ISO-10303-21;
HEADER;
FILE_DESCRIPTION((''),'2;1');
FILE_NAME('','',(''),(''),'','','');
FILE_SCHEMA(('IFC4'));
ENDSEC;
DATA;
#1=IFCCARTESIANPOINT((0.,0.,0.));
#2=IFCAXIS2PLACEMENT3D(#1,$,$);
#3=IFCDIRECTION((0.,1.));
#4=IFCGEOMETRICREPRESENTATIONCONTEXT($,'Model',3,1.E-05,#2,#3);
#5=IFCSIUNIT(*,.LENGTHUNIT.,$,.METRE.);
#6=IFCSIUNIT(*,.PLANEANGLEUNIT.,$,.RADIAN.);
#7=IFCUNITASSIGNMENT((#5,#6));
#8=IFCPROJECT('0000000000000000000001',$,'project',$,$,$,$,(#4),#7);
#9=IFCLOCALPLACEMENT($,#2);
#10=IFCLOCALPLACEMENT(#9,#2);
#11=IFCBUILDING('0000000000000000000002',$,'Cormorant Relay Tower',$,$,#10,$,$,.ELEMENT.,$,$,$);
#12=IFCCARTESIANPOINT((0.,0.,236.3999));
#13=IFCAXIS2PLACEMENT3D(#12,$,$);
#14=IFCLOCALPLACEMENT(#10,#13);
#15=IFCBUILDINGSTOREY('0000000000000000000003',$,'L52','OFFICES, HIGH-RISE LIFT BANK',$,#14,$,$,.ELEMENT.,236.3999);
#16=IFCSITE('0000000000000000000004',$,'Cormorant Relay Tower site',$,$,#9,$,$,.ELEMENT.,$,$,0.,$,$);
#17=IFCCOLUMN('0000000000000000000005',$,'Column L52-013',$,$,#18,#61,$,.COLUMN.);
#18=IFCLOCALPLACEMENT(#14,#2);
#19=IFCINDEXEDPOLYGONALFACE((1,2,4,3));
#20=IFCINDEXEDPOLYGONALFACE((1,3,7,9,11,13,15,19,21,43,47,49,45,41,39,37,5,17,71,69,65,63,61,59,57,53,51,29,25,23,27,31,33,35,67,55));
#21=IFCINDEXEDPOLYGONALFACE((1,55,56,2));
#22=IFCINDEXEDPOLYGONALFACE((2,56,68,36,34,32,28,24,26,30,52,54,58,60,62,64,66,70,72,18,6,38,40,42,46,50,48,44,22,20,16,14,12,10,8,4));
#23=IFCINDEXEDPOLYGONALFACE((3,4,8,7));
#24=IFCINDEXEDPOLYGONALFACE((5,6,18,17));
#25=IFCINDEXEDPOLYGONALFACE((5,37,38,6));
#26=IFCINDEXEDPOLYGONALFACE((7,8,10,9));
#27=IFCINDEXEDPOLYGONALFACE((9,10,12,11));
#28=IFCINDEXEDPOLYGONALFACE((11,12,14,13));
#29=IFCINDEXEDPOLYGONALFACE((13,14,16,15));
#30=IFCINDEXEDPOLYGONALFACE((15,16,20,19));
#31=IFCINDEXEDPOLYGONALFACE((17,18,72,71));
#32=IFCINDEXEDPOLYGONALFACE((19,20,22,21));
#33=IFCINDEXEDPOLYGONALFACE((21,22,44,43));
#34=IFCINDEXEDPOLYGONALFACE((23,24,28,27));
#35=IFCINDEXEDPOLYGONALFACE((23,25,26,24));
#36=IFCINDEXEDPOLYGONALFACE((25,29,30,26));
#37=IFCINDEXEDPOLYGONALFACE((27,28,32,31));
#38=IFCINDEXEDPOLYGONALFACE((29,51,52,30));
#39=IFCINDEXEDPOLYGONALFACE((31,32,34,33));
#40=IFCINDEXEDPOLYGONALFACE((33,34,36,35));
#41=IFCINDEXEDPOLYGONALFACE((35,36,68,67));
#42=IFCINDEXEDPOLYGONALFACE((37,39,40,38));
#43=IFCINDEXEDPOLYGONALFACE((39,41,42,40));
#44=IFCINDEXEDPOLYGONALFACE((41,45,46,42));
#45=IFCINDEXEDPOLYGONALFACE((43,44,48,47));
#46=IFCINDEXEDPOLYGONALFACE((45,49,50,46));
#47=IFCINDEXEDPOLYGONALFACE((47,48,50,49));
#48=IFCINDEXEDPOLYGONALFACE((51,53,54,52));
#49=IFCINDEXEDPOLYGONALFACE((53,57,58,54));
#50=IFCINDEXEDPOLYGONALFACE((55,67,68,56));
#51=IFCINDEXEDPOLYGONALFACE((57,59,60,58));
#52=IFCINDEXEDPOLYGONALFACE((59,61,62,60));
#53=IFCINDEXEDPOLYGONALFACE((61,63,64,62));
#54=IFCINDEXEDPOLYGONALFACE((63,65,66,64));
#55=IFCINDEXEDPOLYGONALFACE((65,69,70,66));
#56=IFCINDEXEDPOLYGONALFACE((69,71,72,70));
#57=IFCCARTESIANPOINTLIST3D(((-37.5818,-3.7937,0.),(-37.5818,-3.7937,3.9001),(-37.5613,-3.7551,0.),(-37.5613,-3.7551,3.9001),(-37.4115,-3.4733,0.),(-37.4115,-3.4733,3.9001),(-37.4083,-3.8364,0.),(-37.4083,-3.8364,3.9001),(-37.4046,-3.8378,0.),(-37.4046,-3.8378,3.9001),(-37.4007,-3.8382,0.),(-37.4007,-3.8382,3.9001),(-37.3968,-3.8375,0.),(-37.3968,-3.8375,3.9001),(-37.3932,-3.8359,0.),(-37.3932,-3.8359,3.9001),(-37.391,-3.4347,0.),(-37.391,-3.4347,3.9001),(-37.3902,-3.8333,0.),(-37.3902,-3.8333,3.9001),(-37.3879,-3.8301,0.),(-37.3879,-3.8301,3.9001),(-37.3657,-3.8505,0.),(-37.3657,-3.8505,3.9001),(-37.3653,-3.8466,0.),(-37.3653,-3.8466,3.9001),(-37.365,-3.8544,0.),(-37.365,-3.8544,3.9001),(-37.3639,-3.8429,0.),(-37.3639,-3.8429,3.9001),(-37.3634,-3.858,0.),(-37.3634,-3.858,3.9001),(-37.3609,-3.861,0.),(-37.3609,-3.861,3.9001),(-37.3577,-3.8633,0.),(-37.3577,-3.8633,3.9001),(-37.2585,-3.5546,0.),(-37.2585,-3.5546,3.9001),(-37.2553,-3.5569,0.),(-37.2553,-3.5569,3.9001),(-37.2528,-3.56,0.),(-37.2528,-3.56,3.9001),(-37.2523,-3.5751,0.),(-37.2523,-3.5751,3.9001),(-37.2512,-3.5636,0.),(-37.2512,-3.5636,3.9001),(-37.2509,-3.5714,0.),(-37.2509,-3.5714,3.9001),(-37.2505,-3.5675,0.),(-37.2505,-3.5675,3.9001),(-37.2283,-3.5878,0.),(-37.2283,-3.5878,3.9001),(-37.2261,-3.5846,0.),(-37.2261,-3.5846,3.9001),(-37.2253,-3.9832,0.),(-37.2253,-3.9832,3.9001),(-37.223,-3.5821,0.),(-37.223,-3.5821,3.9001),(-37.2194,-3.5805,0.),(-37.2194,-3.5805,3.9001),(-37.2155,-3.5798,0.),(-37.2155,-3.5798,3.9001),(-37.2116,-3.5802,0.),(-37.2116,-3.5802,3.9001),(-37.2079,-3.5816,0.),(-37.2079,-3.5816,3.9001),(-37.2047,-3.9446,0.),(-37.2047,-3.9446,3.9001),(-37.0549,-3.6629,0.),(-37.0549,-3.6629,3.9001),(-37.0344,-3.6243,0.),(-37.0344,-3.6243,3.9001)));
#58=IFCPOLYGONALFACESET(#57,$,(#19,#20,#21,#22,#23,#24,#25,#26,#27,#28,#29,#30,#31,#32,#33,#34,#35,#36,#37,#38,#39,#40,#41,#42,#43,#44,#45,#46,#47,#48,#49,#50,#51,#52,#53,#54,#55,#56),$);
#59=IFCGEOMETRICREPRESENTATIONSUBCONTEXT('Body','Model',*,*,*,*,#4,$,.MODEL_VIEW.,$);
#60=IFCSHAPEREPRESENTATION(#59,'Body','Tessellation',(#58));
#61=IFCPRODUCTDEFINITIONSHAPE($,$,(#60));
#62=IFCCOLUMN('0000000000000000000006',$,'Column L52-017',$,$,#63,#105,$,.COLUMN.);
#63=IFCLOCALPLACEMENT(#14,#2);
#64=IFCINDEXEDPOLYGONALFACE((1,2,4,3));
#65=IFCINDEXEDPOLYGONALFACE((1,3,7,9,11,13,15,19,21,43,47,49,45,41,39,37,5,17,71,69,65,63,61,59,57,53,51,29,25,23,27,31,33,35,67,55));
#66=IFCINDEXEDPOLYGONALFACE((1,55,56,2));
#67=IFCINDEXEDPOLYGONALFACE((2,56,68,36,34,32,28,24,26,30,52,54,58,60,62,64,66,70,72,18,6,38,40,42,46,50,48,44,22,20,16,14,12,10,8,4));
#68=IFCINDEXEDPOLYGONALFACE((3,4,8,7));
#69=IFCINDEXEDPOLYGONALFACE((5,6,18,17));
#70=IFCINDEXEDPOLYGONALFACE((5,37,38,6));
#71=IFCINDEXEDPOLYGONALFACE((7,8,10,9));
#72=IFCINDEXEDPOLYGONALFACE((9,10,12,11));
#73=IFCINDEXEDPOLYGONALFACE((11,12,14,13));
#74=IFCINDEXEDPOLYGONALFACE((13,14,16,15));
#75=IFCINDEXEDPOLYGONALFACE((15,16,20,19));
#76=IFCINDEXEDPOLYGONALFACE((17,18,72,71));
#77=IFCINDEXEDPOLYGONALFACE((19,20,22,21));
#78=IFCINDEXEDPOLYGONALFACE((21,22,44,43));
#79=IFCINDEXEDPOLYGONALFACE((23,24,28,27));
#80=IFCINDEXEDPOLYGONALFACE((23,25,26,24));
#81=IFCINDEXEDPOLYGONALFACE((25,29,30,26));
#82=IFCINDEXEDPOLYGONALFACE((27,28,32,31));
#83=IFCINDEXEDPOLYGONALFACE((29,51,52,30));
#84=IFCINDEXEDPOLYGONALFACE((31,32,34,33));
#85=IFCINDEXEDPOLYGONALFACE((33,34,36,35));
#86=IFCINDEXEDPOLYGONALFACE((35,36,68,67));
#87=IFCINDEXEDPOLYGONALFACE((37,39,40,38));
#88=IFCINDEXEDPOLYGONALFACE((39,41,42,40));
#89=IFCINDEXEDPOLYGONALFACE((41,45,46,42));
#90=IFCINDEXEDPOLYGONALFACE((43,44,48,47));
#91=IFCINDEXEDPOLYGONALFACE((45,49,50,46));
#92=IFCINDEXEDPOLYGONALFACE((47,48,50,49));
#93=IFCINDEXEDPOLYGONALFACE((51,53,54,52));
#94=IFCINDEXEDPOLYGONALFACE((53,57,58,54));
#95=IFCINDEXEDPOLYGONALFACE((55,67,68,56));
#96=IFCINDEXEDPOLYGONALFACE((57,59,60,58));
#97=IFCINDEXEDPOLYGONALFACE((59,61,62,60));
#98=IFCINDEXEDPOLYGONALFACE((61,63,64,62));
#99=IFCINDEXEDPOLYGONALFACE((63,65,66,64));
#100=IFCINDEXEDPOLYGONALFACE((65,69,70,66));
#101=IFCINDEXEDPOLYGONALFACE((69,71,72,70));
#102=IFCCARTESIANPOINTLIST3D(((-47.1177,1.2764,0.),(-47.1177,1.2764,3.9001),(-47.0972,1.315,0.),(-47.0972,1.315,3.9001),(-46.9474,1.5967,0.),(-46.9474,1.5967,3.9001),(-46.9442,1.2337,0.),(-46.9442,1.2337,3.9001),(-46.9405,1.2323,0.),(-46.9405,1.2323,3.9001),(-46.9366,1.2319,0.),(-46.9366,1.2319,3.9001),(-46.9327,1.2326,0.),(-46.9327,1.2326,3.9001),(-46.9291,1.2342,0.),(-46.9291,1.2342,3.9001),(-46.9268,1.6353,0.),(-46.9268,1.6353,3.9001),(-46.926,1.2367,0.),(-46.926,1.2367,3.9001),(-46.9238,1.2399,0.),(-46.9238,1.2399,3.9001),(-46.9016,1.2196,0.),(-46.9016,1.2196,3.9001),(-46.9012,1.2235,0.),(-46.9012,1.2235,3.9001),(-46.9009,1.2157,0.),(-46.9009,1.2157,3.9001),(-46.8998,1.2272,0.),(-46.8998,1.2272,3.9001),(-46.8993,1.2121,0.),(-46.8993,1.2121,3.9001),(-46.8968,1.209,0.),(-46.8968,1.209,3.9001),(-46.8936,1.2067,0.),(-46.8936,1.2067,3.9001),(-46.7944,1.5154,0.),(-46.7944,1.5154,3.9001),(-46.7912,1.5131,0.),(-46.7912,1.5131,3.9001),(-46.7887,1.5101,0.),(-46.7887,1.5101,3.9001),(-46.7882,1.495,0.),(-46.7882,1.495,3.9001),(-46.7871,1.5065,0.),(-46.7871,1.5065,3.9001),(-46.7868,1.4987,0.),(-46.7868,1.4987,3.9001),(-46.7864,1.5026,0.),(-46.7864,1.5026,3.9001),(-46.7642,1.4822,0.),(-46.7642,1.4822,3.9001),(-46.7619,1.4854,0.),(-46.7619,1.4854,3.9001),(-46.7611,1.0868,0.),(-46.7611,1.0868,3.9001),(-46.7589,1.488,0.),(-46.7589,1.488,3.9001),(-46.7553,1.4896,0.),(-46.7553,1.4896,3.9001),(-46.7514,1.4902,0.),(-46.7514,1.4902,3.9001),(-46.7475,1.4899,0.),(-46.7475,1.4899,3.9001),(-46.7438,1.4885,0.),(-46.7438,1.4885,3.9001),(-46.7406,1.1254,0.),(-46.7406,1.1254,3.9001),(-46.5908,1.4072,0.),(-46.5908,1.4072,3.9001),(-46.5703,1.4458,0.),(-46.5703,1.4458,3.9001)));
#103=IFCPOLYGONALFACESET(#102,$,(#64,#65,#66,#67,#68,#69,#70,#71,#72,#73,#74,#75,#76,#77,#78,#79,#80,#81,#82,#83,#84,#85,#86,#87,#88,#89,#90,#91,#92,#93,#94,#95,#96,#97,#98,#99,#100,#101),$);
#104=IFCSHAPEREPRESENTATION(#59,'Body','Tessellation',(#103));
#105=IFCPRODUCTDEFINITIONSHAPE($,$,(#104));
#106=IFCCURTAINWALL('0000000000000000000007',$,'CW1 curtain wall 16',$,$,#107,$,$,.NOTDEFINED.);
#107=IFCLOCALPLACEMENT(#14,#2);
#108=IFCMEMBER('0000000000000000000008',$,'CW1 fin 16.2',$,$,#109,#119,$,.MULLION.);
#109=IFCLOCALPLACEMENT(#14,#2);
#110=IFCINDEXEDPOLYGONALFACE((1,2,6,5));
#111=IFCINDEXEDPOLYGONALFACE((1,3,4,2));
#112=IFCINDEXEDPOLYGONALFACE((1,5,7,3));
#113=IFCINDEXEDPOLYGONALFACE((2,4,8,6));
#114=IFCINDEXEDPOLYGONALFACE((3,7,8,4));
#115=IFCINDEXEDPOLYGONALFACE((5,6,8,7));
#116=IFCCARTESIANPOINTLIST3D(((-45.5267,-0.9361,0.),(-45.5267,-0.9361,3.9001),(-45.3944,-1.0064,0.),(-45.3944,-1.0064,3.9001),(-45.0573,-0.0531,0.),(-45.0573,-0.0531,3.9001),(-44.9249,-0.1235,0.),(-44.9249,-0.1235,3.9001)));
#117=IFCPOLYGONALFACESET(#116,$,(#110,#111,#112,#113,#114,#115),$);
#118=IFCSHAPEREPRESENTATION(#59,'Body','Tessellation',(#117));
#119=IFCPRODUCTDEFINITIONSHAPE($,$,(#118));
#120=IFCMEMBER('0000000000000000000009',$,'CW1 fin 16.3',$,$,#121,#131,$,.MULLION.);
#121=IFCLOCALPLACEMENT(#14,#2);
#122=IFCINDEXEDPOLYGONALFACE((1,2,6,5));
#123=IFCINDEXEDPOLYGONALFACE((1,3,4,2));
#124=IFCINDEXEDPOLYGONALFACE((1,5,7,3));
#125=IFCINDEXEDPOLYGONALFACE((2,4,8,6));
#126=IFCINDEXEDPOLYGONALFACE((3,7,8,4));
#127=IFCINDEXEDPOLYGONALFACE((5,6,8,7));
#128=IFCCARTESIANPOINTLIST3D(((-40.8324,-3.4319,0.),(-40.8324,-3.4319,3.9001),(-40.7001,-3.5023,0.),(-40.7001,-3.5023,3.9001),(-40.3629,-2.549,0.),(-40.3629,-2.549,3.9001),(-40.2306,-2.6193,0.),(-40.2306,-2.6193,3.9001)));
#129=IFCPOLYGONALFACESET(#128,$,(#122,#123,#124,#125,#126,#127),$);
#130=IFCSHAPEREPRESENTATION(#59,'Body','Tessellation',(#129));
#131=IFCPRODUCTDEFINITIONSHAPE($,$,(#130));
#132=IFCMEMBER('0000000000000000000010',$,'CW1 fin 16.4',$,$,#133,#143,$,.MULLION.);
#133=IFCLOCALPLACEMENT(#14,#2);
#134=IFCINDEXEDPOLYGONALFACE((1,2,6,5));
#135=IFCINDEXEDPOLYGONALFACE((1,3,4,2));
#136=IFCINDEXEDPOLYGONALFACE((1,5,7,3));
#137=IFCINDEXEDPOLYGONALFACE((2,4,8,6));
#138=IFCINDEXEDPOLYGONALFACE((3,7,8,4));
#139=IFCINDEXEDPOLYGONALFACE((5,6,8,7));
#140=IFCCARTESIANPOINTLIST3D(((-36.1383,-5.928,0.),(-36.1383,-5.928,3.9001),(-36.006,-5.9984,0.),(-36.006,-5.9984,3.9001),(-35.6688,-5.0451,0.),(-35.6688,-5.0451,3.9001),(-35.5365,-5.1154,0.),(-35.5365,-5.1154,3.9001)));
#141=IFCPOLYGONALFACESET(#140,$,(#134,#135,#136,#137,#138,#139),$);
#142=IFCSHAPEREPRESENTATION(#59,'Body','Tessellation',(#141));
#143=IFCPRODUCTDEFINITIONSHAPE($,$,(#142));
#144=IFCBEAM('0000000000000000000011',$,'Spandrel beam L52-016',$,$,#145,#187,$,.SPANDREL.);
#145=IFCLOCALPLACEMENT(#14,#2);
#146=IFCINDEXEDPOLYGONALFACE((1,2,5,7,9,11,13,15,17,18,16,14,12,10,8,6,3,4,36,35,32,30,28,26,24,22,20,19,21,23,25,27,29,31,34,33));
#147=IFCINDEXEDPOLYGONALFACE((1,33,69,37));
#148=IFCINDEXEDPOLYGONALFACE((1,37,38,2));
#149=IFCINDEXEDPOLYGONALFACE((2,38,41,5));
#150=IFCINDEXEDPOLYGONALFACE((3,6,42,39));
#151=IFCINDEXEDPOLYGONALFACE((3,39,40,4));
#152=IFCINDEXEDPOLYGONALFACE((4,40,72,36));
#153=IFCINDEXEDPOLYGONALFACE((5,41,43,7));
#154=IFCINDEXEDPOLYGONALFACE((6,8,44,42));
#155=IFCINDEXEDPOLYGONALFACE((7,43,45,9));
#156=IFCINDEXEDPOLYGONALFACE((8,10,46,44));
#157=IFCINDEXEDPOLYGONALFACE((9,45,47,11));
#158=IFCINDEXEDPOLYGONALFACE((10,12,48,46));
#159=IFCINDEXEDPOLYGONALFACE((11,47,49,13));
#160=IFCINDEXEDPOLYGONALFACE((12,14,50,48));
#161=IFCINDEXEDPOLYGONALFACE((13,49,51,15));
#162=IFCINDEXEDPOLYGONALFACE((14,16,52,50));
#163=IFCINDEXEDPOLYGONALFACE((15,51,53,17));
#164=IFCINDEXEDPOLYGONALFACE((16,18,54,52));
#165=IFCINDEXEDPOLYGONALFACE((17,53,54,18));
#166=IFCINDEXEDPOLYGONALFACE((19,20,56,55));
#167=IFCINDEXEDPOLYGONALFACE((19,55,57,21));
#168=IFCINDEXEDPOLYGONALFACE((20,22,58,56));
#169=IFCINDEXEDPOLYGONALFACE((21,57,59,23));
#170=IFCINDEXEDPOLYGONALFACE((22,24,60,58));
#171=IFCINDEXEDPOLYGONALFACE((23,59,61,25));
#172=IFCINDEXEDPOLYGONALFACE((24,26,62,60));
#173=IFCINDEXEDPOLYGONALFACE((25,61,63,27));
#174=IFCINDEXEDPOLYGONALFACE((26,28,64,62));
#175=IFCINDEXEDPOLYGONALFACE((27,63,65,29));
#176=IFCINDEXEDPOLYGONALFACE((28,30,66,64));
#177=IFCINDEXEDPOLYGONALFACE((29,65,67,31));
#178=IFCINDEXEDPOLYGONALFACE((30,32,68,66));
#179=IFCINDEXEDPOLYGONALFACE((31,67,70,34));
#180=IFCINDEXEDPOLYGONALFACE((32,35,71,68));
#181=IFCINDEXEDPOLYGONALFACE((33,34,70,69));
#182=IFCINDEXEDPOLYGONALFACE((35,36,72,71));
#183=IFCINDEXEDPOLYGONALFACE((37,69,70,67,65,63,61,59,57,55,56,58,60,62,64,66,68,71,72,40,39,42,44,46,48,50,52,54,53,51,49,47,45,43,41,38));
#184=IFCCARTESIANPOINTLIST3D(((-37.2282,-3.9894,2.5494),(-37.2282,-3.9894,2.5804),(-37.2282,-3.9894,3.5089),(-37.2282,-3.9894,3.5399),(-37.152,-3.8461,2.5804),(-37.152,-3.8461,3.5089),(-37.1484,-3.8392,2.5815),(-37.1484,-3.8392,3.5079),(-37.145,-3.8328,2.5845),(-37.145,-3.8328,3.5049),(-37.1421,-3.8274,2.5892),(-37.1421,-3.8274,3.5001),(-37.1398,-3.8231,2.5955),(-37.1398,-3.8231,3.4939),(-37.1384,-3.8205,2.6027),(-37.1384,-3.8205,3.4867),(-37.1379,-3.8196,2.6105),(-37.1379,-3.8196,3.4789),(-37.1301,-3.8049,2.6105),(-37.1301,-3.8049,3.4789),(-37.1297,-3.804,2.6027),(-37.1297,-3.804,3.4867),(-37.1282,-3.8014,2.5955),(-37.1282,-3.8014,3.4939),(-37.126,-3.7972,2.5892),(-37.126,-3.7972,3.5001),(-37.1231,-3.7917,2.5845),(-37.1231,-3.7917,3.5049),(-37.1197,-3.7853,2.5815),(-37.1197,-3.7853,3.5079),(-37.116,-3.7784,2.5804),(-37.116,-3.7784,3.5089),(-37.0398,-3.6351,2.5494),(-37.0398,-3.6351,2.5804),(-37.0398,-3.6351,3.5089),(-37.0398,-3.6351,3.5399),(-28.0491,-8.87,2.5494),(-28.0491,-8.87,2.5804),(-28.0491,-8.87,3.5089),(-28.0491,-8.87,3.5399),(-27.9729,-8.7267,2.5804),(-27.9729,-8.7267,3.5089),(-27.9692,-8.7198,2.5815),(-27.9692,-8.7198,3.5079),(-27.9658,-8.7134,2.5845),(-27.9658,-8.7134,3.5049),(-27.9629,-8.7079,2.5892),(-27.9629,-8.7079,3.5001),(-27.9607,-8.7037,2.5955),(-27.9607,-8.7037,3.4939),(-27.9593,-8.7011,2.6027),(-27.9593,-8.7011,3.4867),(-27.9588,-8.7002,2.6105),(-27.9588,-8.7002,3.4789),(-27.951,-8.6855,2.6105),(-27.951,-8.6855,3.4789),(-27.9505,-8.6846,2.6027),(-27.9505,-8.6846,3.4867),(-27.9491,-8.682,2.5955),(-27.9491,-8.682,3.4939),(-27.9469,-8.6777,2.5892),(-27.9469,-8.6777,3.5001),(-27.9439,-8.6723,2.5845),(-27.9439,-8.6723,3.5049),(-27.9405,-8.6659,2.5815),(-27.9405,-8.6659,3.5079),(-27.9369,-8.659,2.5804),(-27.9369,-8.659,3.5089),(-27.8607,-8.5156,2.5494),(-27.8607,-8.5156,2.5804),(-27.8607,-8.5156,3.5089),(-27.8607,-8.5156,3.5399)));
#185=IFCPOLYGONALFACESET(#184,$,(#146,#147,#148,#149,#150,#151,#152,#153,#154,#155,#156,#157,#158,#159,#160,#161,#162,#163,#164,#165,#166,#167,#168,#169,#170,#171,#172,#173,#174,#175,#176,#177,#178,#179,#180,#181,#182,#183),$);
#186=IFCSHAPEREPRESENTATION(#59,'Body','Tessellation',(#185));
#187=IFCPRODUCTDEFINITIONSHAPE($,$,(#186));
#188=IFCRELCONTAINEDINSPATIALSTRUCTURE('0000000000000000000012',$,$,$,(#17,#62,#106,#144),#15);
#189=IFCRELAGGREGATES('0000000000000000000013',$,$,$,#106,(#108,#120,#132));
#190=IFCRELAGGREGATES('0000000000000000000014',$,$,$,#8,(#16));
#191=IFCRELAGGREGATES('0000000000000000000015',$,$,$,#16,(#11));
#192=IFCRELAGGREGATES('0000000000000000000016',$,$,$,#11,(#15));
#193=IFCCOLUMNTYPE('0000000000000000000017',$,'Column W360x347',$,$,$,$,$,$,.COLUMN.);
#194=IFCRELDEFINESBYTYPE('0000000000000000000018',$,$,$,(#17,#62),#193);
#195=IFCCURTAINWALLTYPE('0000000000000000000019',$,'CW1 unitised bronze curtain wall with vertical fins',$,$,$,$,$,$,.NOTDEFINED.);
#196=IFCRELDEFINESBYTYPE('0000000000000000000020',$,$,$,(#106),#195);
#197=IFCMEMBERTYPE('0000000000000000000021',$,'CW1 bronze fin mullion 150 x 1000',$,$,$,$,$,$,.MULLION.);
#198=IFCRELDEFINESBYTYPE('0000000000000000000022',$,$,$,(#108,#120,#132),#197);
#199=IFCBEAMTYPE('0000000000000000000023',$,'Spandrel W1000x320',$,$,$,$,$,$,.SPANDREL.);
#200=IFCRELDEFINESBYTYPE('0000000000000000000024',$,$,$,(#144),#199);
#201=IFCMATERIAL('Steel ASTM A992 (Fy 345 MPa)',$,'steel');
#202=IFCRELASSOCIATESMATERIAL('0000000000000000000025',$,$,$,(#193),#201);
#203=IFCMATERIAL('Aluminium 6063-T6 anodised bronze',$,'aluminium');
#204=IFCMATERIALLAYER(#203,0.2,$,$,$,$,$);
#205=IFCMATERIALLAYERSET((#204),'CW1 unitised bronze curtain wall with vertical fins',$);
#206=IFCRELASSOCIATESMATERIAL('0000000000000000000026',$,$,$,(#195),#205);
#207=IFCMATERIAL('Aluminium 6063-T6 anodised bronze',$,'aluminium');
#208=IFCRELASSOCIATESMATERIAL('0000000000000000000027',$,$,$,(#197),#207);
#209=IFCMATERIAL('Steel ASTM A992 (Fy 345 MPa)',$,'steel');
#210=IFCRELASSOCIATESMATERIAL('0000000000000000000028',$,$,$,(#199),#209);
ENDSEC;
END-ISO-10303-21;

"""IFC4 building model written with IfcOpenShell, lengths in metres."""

from ifc_helpers import new_model, si_unit, direction, frame, origin, origin_2d, place, context, subcontext, project, spatial, rectangle, i_section, extrude, material, layer, layer_set, material_profile, profile_set, type_object, element, aggregate, save


model = new_model("IFC4")

# Units and contexts
model_context = context("Model", 3, precision=1e-05, world=origin(), true_north=direction((0.0, 1.0)))
body_context = subcontext(model_context, "Body", "Model", "MODEL_VIEW")
ifc_project = project(units=[si_unit("LENGTHUNIT", "METRE"), si_unit("PLANEANGLEUNIT", "RADIAN")], contexts=[model_context])

# Site, building, storey
site_placement = place(None, origin())
site = spatial("IfcSite", under=ifc_project, at=site_placement, Name="Cormorant Relay Tower site", CompositionType="ELEMENT", RefElevation=0.0)
building_placement = place(site_placement, origin())
building = spatial("IfcBuilding", under=site, at=building_placement, Name="Cormorant Relay Tower", CompositionType="ELEMENT")
storey_placement = place(building_placement, frame((0.0, 0.0, 236.3999)))
storey = spatial("IfcBuildingStorey", under=building, at=storey_placement, Name="L52", Description="OFFICES, HIGH-RISE LIFT BANK", CompositionType="ELEMENT", Elevation=236.3999)

# Columns
ifc_material_1 = material(Name="Steel ASTM A992 (Fy 345 MPa)", Category="steel")
ifc_material_profile_1 = material_profile(ifc_material_1, i_section(OverallWidth=0.4038, OverallDepth=0.4065, WebThickness=0.0271, FlangeThickness=0.0437, FilletRadius=0.0151, at=origin_2d()), Name="W360x347")
ifc_profile_set_1 = profile_set([ifc_material_profile_1], Name="Steel ASTM A992 (Fy 345 MPa)")
column_type = type_object("IfcColumnType", Name="Column W360x347", PredefinedType="COLUMN", material=ifc_profile_set_1)
for number, where, z_axis, x_axis, name in (
    (1, (-37.3081, -3.709, 0.0), (0.0, 0.0, 1.0), (0.882948, -0.469472, 0.0), "Column L52-013"),
    (2, (-46.844, 1.3611, 0.0), (0.0, 0.0, 1.0), (0.882948, -0.469472, 0.0), "Column L52-017"),
):
    element("IfcColumn", number, at=place(storey_placement, frame(where, z_axis=z_axis, x_axis=x_axis)), inside=storey, type_object=column_type, Name=name, PredefinedType="COLUMN", context=body_context, shape_type="SweptSolid", body=[
        extrude(i_section(OverallWidth=0.4038, OverallDepth=0.4065, WebThickness=0.0271, FlangeThickness=0.0437, FilletRadius=0.0151, at=origin_2d()), origin(), (0.0, 0.0, 1.0), 3.9001),
    ])

# Curtain wall, members
ifc_material_2 = material(Name="Aluminium 6063-T6 anodised bronze", Category="aluminium")
ifc_layer_1 = layer(ifc_material_2, 0.2)
ifc_layer_set_1 = layer_set([ifc_layer_1], Name="CW1 unitised bronze curtain wall with vertical fins")
curtain_wall_type = type_object("IfcCurtainWallType", Name="CW1 unitised bronze curtain wall with vertical fins", PredefinedType="NOTDEFINED", material=ifc_layer_set_1)
curtain_wall_placement = place(storey_placement, origin())
curtain_wall = element("IfcCurtainWall", 3, at=curtain_wall_placement, inside=storey, type_object=curtain_wall_type, Name="CW1 curtain wall 16", PredefinedType="NOTDEFINED")
ifc_material_3 = material(Name="Aluminium 6063-T6 anodised bronze", Category="aluminium")
ifc_material_profile_2 = material_profile(ifc_material_3, rectangle(XDim=0.1499, YDim=1.0, at=origin_2d()), Name="AL 150x1000")
ifc_profile_set_2 = profile_set([ifc_material_profile_2], Name="Aluminium 6063-T6 anodised bronze")
member_type = type_object("IfcMemberType", Name="CW1 bronze fin mullion 150 x 1000", PredefinedType="MULLION", material=ifc_profile_set_2)
member_1_placement = place(storey_placement, frame((-45.2258, -0.5298, 0.0), z_axis=(0.0, 0.0, 1.0), x_axis=(0.882948, -0.469472, 0.0)))
member_1 = element("IfcMember", 4, at=member_1_placement, type_object=member_type, Name="CW1 fin 16.2", PredefinedType="MULLION", context=body_context, shape_type="SweptSolid", body=[
    extrude(rectangle(XDim=0.1499, YDim=1.0, at=origin_2d()), origin(), (0.0, 0.0, 1.0), 3.9001),
])
member_2_placement = place(storey_placement, frame((-40.5315, -3.0256, 0.0), z_axis=(0.0, 0.0, 1.0), x_axis=(0.882948, -0.469472, 0.0)))
member_2 = element("IfcMember", 5, at=member_2_placement, type_object=member_type, Name="CW1 fin 16.3", PredefinedType="MULLION", context=body_context, shape_type="SweptSolid", body=[
    extrude(rectangle(XDim=0.1499, YDim=1.0, at=origin_2d()), origin(), (0.0, 0.0, 1.0), 3.9001),
])
member_3_placement = place(storey_placement, frame((-35.8374, -5.5217, 0.0), z_axis=(0.0, 0.0, 1.0), x_axis=(0.882948, -0.469472, 0.0)))
member_3 = element("IfcMember", 6, at=member_3_placement, type_object=member_type, Name="CW1 fin 16.4", PredefinedType="MULLION", context=body_context, shape_type="SweptSolid", body=[
    extrude(rectangle(XDim=0.1499, YDim=1.0, at=origin_2d()), origin(), (0.0, 0.0, 1.0), 3.9001),
])

# Beam
ifc_material_4 = material(Name="Steel ASTM A992 (Fy 345 MPa)", Category="steel")
ifc_material_profile_3 = material_profile(ifc_material_4, i_section(OverallWidth=0.4014, OverallDepth=0.9905, WebThickness=0.0166, FlangeThickness=0.031, FilletRadius=0.03, at=origin_2d()), Name="W1000x320")
ifc_profile_set_3 = profile_set([ifc_material_profile_3], Name="Steel ASTM A992 (Fy 345 MPa)")
beam_type_1 = type_object("IfcBeamType", Name="Spandrel W1000x320", PredefinedType="SPANDREL", material=ifc_profile_set_3)
beam_1_placement = place(storey_placement, frame((-37.134, -3.8123, 3.0447), z_axis=(0.88295, -0.469468, 0.0), x_axis=(0.469468, 0.88295, 0.0)))
element("IfcBeam", 7, at=beam_1_placement, inside=storey, type_object=beam_type_1, Name="Spandrel beam L52-016", PredefinedType="SPANDREL", context=body_context, shape_type="SweptSolid", body=[
    extrude(i_section(OverallWidth=0.4014, OverallDepth=0.9905, WebThickness=0.0166, FlangeThickness=0.031, FilletRadius=0.03, at=origin_2d()), origin(), (0.0, 0.0, 1.0), 10.396),
])

aggregate(curtain_wall, [member_1, member_2, member_3])

save(model, "model.ifc")
